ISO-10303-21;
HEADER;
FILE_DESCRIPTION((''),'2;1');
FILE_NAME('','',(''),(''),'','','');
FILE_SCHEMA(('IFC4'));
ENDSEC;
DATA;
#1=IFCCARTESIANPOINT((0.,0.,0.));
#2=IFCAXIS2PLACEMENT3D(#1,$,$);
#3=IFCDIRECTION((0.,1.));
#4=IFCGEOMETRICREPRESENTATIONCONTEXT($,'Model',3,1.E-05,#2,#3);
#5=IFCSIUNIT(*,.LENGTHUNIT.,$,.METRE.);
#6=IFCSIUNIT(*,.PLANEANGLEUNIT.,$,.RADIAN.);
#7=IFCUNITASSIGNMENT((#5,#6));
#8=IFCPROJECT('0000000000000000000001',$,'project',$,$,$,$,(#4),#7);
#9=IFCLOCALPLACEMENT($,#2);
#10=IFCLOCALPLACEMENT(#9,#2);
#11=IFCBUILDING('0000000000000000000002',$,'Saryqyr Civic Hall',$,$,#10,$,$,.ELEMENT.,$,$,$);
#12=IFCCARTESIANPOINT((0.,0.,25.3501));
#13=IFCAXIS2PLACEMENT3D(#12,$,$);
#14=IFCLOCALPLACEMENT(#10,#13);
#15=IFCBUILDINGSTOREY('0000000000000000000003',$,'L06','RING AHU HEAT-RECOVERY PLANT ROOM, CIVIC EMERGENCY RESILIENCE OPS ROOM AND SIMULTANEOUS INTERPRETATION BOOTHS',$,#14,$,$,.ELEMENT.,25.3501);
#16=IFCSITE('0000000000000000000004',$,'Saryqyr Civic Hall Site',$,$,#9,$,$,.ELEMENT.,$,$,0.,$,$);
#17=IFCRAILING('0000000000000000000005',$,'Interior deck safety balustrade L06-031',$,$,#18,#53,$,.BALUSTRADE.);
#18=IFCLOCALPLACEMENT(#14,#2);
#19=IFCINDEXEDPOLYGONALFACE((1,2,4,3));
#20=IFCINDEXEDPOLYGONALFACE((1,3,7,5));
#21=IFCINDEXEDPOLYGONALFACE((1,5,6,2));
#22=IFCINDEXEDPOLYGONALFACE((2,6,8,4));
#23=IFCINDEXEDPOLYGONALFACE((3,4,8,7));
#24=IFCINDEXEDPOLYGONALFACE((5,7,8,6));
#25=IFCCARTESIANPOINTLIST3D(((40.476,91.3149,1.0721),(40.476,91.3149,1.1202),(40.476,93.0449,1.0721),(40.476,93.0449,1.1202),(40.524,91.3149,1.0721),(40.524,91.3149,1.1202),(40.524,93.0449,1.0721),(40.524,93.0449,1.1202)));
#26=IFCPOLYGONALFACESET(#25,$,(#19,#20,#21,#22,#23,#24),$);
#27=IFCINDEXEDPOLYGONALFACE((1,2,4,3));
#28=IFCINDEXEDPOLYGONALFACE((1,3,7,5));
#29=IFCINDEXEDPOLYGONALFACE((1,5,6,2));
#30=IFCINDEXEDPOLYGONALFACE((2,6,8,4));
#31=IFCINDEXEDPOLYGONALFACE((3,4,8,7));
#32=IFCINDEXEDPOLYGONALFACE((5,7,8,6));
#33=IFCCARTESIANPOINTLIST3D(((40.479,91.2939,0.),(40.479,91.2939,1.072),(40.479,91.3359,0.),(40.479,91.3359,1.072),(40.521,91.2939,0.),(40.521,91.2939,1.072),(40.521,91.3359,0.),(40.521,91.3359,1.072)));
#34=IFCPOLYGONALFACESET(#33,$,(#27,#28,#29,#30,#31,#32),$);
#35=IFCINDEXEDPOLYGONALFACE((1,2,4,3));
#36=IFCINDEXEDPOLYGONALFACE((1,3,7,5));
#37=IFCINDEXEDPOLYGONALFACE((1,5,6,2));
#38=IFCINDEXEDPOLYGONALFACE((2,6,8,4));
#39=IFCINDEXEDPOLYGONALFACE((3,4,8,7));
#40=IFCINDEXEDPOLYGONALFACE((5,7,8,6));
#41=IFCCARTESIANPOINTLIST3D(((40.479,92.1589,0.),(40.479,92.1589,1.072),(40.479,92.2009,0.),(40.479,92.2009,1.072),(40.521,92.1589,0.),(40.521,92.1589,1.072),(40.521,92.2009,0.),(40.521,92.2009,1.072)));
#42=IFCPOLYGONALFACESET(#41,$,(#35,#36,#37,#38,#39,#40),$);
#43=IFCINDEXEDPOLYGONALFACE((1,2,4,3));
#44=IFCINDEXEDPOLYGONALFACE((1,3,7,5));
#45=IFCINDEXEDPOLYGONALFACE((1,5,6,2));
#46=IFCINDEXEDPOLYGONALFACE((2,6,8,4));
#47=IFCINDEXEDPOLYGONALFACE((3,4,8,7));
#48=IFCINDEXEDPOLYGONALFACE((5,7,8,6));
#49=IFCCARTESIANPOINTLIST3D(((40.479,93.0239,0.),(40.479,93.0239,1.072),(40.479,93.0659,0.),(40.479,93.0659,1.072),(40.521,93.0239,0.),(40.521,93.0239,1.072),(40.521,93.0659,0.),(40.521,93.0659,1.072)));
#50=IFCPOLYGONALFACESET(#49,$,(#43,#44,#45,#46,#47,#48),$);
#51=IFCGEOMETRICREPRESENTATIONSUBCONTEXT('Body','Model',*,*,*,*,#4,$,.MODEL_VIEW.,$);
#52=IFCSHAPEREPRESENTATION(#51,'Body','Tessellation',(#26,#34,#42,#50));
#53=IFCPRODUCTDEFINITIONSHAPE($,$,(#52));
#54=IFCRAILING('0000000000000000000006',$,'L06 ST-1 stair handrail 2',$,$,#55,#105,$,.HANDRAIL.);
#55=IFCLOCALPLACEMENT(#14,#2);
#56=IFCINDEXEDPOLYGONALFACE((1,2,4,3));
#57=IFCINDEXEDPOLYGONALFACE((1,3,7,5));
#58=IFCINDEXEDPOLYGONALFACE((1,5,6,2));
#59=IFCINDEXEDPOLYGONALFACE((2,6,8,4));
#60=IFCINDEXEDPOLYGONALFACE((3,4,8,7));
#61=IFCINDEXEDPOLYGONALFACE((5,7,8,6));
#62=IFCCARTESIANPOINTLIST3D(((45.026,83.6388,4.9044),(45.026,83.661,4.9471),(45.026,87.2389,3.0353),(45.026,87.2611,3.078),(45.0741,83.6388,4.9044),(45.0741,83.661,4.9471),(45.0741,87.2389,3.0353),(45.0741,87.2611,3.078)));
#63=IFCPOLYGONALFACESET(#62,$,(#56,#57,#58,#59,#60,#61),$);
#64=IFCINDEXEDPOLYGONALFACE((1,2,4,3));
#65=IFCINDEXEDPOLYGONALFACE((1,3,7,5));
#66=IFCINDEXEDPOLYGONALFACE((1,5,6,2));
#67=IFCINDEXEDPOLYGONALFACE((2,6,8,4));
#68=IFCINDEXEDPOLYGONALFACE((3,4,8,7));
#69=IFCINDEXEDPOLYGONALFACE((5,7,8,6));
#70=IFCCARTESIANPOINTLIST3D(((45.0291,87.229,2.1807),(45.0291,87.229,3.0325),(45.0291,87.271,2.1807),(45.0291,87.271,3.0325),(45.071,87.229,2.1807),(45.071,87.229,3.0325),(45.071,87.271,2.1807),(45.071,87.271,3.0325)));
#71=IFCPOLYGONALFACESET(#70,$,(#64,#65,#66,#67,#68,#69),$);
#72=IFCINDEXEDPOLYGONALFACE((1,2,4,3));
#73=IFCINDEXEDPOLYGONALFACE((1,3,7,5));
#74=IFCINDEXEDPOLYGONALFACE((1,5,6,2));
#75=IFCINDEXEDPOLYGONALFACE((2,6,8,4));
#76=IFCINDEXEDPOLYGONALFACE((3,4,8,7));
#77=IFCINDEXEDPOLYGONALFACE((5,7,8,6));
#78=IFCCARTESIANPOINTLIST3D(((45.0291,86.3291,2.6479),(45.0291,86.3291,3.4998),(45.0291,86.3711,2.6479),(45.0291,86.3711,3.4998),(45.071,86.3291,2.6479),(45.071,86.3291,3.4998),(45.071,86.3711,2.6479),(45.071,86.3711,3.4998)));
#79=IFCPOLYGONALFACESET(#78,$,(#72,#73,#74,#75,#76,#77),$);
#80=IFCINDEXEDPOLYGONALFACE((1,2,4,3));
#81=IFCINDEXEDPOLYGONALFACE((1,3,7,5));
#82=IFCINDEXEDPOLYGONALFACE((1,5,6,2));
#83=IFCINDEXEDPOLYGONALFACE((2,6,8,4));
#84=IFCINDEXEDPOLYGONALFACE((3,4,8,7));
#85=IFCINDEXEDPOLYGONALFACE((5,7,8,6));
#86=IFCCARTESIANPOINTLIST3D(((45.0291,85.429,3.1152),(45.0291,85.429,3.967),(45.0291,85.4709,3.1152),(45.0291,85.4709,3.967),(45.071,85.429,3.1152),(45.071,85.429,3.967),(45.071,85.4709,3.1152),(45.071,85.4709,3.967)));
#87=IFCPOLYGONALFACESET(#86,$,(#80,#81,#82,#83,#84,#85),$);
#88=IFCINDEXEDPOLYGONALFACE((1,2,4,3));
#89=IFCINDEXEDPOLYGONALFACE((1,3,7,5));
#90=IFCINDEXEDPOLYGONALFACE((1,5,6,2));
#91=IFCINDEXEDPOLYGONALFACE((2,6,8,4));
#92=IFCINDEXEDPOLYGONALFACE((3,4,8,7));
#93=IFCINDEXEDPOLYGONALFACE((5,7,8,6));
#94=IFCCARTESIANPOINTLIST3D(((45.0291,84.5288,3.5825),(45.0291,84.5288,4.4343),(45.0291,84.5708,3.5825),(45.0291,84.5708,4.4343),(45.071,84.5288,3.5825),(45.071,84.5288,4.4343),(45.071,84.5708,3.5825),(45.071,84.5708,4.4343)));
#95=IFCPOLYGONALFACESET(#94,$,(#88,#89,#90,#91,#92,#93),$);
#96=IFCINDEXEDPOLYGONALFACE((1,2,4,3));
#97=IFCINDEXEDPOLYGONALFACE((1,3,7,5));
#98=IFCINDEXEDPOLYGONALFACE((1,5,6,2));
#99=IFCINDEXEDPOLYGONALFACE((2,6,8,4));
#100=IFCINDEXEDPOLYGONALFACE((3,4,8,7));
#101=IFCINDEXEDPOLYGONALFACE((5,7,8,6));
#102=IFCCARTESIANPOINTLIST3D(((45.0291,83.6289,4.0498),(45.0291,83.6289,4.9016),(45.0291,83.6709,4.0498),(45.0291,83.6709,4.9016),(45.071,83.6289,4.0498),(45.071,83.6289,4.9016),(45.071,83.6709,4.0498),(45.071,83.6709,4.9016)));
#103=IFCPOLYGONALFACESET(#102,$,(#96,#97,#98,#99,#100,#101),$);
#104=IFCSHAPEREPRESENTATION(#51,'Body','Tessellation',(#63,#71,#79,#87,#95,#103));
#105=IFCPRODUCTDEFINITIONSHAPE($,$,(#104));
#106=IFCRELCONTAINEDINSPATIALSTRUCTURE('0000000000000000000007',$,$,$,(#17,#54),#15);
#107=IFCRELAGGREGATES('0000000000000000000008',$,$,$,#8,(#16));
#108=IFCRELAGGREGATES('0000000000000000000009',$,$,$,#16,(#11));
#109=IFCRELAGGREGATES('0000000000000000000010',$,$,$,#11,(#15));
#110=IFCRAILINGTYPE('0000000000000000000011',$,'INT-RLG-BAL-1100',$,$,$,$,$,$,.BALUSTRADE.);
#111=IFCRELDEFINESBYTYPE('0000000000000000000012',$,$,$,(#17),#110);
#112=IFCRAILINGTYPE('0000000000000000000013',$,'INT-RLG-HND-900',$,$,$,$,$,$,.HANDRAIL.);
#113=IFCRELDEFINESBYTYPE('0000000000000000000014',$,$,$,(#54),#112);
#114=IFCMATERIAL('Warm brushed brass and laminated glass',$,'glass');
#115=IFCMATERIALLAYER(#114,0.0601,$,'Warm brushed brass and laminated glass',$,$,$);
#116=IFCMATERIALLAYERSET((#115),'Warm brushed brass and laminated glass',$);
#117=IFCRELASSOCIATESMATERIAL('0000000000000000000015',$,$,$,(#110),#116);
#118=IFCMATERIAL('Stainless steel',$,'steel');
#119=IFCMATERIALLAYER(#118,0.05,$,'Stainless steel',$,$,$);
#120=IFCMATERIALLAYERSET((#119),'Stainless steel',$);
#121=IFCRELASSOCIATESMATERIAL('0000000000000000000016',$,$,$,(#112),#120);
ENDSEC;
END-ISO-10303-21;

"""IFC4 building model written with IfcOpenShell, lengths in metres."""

from ifc_helpers import new_model, si_unit, direction, frame, origin, origin_2d, place, context, subcontext, project, spatial, rectangle, extrude, material, layer, layer_set, type_object, element, save


model = new_model("IFC4")

# Units and contexts
model_context = context("Model", 3, precision=1e-05, world=origin(), true_north=direction((0.0, 1.0)))
body_context = subcontext(model_context, "Body", "Model", "MODEL_VIEW")
ifc_project = project(units=[si_unit("LENGTHUNIT", "METRE"), si_unit("PLANEANGLEUNIT", "RADIAN")], contexts=[model_context])

# Site, building, storey
site_placement = place(None, origin())
site = spatial("IfcSite", under=ifc_project, at=site_placement, Name="Saryqyr Civic Hall Site", CompositionType="ELEMENT", RefElevation=0.0)
building_placement = place(site_placement, origin())
building = spatial("IfcBuilding", under=site, at=building_placement, Name="Saryqyr Civic Hall", CompositionType="ELEMENT")
storey_placement = place(building_placement, frame((0.0, 0.0, 25.3501)))
storey = spatial("IfcBuildingStorey", under=building, at=storey_placement, Name="L06", Description="RING AHU HEAT-RECOVERY PLANT ROOM, CIVIC EMERGENCY RESILIENCE OPS ROOM AND SIMULTANEOUS INTERPRETATION BOOTHS", CompositionType="ELEMENT", Elevation=25.3501)

# Railings
ifc_material_1 = material(Name="Warm brushed brass and laminated glass", Category="glass")
ifc_layer_1 = layer(ifc_material_1, 0.0601, Name="Warm brushed brass and laminated glass")
ifc_layer_set_1 = layer_set([ifc_layer_1], Name="Warm brushed brass and laminated glass")
railing_type_1 = type_object("IfcRailingType", Name="INT-RLG-BAL-1100", PredefinedType="BALUSTRADE", material=ifc_layer_set_1)
railing_1_placement = place(storey_placement, frame((40.5, 91.3149, 0.0)))
element("IfcRailing", 1, at=railing_1_placement, inside=storey, type_object=railing_type_1, Name="Interior deck safety balustrade L06-031", PredefinedType="BALUSTRADE", context=body_context, shape_type="SweptSolid", body=[
    extrude(rectangle(XDim=0.0481, YDim=0.0481, at=origin_2d()), frame((0.0, 0.0, 1.0962), z_axis=(0.0, 1.0, 0.0), x_axis=(-1.0, 0.0, 0.0)), (0.0, 0.0, 1.0), 1.73),
    extrude(rectangle(XDim=0.042, YDim=0.042, at=origin_2d()), origin(), (0.0, 0.0, 1.0), 1.072),
    extrude(rectangle(XDim=0.042, YDim=0.042, at=origin_2d()), frame((0.0, 0.865, 0.0)), (0.0, 0.0, 1.0), 1.072),
    extrude(rectangle(XDim=0.042, YDim=0.042, at=origin_2d()), frame((0.0, 1.73, 0.0)), (0.0, 0.0, 1.0), 1.072),
])
ifc_material_2 = material(Name="Stainless steel", Category="steel")
ifc_layer_2 = layer(ifc_material_2, 0.05, Name="Stainless steel")
ifc_layer_set_2 = layer_set([ifc_layer_2], Name="Stainless steel")
railing_type_2 = type_object("IfcRailingType", Name="INT-RLG-HND-900", PredefinedType="HANDRAIL", material=ifc_layer_set_2)
railing_2_placement = place(storey_placement, frame((45.05, 87.25, 2.1807)))
element("IfcRailing", 2, at=railing_2_placement, inside=storey, type_object=railing_type_2, Name="L06 ST-1 stair handrail 2", PredefinedType="HANDRAIL", context=body_context, shape_type="SweptSolid", body=[
    extrude(rectangle(XDim=0.0481, YDim=0.0481, at=origin_2d()), frame((0.0, 0.0, 0.876), z_axis=(0.0, -0.88751, 0.460788), x_axis=(1.0, 0.0, 0.0)), (0.0, 0.0, 1.0), 4.0564),
    extrude(rectangle(XDim=0.042, YDim=0.042, at=origin_2d()), origin(), (0.0, 0.0, 1.0), 0.8518),
    extrude(rectangle(XDim=0.042, YDim=0.042, at=origin_2d()), frame((0.0, -0.8999, 0.4673)), (0.0, 0.0, 1.0), 0.8518),
    extrude(rectangle(XDim=0.042, YDim=0.042, at=origin_2d()), frame((0.0, -1.8, 0.9346)), (0.0, 0.0, 1.0), 0.8518),
    extrude(rectangle(XDim=0.042, YDim=0.042, at=origin_2d()), frame((0.0, -2.7002, 1.4019)), (0.0, 0.0, 1.0), 0.8518),
    extrude(rectangle(XDim=0.042, YDim=0.042, at=origin_2d()), frame((0.0, -3.6001, 1.8691)), (0.0, 0.0, 1.0), 0.8518),
])

save(model, "model.ifc")
